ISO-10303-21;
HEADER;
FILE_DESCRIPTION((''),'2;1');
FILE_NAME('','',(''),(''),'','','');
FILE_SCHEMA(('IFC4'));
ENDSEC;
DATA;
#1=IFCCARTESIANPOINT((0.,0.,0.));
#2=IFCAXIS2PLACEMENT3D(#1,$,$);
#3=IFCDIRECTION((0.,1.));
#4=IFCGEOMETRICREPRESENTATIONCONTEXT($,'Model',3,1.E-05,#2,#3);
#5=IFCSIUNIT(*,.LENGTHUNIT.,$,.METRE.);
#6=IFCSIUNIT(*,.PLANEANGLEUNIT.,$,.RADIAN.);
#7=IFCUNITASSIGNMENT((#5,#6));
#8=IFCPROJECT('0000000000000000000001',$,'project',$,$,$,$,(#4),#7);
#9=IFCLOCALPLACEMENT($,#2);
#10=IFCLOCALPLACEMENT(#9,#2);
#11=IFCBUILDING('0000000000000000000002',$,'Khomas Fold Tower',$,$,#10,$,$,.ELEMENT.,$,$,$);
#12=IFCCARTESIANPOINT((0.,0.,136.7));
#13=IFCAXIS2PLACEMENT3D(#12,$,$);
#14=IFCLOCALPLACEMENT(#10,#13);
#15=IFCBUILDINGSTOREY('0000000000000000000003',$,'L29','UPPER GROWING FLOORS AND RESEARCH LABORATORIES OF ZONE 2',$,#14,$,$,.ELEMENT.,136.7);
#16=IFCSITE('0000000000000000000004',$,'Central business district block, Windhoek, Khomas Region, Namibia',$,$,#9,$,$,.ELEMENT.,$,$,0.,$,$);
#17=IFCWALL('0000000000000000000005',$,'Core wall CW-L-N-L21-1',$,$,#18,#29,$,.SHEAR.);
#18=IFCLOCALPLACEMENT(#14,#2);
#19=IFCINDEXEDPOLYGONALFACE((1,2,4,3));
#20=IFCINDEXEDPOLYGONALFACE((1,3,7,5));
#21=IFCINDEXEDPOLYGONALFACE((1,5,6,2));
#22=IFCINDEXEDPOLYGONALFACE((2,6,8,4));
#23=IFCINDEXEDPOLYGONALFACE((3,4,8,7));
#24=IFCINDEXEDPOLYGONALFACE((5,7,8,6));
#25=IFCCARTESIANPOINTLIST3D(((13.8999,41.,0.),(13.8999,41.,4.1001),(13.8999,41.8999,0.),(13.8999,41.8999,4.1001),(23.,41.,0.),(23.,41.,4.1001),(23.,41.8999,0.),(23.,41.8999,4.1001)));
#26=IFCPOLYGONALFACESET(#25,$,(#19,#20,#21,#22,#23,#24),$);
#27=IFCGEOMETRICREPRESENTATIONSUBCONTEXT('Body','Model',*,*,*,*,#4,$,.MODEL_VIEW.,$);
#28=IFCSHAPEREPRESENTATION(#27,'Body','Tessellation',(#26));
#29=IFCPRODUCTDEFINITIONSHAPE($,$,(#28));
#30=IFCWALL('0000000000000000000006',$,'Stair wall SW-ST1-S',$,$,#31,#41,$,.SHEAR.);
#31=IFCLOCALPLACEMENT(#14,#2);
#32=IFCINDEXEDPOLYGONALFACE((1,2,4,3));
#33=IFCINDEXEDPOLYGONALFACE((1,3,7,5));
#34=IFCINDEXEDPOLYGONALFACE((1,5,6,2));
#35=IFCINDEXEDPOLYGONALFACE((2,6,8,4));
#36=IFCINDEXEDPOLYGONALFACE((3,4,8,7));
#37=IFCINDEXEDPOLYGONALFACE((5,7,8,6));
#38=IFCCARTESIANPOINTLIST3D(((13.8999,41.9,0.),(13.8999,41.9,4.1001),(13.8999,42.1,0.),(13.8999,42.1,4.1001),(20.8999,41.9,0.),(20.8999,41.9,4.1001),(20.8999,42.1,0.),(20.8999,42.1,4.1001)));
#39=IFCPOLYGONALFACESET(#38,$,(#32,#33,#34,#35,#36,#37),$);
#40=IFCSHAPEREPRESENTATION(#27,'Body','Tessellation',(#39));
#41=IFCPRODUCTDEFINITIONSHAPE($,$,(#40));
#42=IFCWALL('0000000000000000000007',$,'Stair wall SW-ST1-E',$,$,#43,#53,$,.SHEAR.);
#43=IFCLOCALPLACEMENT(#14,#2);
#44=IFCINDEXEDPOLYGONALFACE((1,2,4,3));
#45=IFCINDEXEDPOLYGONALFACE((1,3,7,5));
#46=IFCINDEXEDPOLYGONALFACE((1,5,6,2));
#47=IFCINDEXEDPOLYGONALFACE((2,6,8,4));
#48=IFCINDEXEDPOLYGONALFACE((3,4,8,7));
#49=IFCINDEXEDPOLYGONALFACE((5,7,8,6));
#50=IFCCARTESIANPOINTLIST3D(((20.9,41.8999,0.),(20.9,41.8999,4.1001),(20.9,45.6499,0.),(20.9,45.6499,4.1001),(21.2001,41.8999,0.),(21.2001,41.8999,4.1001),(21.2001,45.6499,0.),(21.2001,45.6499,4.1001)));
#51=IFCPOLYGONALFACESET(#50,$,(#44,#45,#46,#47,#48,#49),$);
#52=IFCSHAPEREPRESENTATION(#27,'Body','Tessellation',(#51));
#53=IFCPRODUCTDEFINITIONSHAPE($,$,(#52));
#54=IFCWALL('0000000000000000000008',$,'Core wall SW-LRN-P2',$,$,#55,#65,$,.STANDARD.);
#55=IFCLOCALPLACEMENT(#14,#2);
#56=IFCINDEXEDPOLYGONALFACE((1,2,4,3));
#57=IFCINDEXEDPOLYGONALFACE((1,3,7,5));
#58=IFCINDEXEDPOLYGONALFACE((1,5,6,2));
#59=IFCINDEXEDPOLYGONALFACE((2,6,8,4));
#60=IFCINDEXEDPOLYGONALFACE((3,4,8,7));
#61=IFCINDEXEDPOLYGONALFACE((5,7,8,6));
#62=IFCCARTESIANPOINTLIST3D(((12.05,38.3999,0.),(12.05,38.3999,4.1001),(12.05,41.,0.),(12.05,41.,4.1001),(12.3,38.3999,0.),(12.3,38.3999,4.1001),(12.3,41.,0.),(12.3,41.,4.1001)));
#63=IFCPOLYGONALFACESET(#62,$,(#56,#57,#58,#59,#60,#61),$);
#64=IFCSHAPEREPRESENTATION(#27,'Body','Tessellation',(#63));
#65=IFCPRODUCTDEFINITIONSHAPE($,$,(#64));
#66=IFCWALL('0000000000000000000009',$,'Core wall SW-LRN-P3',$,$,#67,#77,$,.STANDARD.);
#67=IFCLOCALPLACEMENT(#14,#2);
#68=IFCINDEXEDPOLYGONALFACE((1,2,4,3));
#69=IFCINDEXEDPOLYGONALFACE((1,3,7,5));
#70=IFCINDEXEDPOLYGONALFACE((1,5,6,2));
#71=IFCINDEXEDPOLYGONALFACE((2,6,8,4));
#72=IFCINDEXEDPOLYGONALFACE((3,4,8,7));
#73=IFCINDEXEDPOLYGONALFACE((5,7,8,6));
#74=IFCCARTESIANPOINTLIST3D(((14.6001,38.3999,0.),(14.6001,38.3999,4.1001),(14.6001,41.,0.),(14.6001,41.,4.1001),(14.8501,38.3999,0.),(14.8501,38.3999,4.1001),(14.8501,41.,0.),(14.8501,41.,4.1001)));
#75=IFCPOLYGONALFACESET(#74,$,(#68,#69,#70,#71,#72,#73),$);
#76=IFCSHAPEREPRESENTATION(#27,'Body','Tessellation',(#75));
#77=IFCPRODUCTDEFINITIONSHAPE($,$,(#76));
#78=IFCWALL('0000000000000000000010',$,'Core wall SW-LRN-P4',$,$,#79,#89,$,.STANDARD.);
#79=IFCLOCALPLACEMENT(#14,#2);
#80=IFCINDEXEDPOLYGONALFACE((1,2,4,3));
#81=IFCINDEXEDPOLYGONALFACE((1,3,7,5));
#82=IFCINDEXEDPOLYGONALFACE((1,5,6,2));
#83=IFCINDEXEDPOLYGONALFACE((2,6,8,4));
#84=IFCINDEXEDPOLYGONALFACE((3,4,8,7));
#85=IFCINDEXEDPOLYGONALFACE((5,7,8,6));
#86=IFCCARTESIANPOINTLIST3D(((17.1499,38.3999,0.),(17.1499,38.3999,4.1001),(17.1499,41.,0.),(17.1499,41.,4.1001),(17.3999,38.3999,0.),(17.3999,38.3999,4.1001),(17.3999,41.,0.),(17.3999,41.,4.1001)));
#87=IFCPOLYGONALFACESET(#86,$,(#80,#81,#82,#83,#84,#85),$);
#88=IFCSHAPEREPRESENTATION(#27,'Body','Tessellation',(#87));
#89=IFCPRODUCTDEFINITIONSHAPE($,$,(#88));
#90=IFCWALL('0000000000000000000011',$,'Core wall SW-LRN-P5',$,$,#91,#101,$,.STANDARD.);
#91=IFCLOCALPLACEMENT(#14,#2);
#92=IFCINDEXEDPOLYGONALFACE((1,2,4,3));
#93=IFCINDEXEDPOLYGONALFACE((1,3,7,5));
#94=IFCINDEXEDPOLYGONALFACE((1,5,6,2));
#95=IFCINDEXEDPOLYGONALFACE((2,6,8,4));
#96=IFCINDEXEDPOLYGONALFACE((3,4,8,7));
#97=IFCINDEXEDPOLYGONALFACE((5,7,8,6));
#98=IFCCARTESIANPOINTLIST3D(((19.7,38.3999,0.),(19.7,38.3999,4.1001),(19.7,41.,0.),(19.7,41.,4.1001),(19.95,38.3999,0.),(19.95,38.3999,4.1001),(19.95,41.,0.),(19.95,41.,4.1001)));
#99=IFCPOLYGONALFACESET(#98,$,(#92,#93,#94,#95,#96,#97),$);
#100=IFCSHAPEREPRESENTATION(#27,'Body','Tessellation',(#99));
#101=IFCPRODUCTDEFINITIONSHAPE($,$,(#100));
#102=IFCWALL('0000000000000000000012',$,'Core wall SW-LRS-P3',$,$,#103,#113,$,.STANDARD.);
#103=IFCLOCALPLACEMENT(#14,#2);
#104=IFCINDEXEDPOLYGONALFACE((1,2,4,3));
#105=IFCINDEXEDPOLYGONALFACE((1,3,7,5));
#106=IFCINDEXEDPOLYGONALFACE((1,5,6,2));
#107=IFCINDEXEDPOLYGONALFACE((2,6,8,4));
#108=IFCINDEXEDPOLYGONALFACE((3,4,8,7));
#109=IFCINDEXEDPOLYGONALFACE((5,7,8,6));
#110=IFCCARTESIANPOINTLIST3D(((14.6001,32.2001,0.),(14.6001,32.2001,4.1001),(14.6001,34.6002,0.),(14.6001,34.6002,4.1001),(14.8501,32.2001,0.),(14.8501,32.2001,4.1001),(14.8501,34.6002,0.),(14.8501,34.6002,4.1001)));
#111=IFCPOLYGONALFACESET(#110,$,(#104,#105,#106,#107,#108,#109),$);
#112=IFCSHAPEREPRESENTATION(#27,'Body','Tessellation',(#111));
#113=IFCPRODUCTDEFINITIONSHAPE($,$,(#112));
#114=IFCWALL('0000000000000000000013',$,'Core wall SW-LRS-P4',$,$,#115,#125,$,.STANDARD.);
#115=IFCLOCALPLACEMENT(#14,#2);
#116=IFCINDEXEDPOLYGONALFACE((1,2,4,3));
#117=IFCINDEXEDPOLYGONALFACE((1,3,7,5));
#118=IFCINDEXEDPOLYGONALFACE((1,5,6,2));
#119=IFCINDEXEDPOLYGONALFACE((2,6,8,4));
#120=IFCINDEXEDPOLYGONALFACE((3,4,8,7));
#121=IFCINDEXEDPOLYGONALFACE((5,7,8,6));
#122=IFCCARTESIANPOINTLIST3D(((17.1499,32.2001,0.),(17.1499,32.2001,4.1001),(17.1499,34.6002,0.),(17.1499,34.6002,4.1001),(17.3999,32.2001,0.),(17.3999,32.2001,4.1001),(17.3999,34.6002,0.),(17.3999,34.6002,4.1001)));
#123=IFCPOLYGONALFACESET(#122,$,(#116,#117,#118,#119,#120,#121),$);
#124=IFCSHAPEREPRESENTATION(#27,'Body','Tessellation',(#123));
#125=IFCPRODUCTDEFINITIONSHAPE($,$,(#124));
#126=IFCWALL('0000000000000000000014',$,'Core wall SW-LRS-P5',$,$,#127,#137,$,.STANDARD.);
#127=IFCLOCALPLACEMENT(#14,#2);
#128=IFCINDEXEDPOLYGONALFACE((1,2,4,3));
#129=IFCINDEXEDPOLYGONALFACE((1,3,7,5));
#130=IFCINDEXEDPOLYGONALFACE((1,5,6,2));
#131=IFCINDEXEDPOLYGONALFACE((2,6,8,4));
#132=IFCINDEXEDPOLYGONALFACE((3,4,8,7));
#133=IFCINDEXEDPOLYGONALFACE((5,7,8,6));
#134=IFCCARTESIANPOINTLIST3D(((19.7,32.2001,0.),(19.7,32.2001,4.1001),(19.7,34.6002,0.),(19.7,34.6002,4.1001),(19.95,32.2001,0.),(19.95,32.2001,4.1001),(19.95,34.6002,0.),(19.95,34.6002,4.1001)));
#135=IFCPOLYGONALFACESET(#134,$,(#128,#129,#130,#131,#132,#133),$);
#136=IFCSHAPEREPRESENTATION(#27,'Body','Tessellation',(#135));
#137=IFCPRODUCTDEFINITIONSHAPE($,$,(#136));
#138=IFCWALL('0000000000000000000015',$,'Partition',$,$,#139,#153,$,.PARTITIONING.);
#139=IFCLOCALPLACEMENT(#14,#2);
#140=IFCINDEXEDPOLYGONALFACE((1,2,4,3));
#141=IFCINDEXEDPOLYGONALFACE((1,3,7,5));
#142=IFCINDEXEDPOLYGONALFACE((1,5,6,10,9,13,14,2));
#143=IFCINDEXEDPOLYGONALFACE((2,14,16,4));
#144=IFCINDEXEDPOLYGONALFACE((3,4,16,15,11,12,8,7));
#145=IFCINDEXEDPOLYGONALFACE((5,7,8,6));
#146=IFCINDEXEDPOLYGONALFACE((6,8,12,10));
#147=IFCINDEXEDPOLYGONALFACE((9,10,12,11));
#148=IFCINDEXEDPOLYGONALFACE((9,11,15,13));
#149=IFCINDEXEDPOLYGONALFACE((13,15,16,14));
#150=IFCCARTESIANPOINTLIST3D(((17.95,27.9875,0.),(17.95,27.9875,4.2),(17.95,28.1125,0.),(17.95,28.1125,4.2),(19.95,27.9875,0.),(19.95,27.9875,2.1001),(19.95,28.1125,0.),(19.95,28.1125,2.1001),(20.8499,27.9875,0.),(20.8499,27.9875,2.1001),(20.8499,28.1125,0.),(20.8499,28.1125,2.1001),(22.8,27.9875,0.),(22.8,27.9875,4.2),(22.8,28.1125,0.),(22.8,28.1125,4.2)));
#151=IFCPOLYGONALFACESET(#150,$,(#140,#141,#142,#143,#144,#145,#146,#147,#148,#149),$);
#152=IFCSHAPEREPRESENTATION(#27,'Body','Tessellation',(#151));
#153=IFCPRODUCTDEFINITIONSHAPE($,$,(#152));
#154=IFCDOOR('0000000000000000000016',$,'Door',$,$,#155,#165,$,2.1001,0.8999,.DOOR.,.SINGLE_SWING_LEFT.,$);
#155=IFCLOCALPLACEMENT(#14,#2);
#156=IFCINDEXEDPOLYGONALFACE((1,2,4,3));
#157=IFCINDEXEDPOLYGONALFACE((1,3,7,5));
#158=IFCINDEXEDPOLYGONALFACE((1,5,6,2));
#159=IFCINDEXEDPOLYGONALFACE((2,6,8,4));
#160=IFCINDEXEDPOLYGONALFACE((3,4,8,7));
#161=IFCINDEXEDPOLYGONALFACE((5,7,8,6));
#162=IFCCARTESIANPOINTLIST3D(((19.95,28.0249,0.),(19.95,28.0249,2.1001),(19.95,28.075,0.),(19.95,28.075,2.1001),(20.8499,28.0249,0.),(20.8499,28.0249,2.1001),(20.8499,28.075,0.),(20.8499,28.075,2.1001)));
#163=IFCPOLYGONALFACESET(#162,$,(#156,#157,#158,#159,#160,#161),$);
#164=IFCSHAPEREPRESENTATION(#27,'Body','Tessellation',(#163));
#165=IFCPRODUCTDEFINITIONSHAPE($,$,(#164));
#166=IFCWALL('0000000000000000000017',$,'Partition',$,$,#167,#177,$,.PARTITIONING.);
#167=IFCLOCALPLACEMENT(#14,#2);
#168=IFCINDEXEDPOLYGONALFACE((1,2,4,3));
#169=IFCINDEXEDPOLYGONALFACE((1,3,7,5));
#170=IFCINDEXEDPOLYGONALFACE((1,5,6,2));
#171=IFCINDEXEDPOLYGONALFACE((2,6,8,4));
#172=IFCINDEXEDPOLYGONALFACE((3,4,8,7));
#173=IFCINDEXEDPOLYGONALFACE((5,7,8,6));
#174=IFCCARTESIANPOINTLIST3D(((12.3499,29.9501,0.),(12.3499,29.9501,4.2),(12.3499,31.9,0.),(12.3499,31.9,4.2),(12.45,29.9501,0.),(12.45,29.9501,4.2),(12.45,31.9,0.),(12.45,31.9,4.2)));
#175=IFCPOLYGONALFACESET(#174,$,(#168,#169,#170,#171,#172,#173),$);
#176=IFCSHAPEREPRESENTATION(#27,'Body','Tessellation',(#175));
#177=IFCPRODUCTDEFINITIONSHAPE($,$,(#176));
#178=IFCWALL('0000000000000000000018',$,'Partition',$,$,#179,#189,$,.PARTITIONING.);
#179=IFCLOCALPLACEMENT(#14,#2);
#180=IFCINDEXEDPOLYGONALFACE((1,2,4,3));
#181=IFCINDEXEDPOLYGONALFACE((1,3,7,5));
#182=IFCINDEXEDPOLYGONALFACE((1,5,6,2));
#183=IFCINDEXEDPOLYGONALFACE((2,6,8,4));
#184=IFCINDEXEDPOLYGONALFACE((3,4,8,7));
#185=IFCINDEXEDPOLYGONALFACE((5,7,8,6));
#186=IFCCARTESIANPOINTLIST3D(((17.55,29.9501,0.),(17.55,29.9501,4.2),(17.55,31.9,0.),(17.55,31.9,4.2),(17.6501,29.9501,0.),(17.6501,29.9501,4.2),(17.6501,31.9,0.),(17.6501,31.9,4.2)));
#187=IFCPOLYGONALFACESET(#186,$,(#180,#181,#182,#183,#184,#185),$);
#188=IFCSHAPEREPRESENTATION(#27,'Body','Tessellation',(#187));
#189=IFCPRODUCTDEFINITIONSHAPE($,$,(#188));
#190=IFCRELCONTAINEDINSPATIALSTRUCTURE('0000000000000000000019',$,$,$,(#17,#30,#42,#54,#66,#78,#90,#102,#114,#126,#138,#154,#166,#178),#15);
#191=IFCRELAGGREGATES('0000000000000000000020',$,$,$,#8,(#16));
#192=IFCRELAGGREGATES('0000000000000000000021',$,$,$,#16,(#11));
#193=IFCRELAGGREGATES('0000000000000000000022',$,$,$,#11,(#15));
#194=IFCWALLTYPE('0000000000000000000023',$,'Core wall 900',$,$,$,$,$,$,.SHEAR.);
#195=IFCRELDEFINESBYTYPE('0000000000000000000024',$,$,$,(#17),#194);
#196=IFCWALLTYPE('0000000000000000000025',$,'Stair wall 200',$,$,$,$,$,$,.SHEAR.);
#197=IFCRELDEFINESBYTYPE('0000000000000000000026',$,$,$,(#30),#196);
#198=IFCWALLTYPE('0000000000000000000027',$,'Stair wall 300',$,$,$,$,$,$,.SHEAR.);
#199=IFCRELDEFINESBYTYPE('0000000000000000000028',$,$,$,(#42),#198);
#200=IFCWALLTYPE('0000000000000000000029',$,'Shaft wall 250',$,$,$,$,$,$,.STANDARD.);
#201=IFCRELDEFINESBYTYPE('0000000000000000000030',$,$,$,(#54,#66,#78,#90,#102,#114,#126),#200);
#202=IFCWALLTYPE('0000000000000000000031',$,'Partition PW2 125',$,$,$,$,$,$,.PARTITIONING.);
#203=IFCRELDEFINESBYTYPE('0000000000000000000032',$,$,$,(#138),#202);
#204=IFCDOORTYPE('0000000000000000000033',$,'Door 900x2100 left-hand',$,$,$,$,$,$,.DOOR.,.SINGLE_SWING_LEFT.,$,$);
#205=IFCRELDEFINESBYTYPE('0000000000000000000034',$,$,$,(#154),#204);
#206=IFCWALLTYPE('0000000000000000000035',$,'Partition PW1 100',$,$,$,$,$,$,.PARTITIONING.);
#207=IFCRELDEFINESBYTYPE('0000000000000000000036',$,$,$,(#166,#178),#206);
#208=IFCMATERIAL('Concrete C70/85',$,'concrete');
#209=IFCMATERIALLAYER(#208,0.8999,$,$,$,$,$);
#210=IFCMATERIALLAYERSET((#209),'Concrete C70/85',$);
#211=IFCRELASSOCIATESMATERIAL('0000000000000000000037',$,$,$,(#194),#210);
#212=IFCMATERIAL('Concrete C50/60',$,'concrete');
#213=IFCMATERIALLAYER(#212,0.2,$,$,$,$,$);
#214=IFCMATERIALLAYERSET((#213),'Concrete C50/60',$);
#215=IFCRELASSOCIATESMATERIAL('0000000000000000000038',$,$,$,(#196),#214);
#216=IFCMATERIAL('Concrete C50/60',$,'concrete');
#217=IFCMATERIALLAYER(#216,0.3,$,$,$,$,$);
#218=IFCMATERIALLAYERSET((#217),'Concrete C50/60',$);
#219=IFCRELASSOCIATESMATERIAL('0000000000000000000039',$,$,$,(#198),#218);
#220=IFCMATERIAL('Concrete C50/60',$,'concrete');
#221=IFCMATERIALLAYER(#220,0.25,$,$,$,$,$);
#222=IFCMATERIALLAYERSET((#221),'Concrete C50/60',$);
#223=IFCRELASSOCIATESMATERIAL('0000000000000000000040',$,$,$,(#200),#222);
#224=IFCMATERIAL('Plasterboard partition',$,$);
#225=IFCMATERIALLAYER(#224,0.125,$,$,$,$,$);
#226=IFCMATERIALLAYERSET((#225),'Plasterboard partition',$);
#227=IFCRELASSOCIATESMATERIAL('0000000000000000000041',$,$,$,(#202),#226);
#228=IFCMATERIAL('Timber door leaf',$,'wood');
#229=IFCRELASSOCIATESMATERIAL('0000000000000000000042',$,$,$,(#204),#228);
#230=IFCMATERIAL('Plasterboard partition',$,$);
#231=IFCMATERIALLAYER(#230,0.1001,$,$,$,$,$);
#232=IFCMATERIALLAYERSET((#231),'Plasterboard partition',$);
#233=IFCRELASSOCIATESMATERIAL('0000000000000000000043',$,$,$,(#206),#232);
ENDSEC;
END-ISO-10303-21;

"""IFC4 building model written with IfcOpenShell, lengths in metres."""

from ifc_helpers import new_model, si_unit, direction, frame, frame_2d, origin, place, context, subcontext, project, spatial, rectangle, extrude, source, transform, mapped, material, layer, layer_set, type_object, element, fill, save


model = new_model("IFC4")

# Units and contexts
model_context = context("Model", 3, precision=1e-05, world=origin(), true_north=direction((0.0, 1.0)))
body_context = subcontext(model_context, "Body", "Model", "MODEL_VIEW")
ifc_project = project(units=[si_unit("LENGTHUNIT", "METRE"), si_unit("PLANEANGLEUNIT", "RADIAN")], contexts=[model_context])

# Site, building, storey
site_placement = place(None, origin())
site = spatial("IfcSite", under=ifc_project, at=site_placement, Name="Central business district block, Windhoek, Khomas Region, Namibia", CompositionType="ELEMENT", RefElevation=0.0)
building_placement = place(site_placement, origin())
building = spatial("IfcBuilding", under=site, at=building_placement, Name="Khomas Fold Tower", CompositionType="ELEMENT")
storey_placement = place(building_placement, frame((0.0, 0.0, 136.7)))
storey = spatial("IfcBuildingStorey", under=building, at=storey_placement, Name="L29", Description="UPPER GROWING FLOORS AND RESEARCH LABORATORIES OF ZONE 2", CompositionType="ELEMENT", Elevation=136.7)

# Walls
ifc_material_1 = material(Name="Concrete C70/85", Category="concrete")
ifc_layer_1 = layer(ifc_material_1, 0.8999)
ifc_layer_set_1 = layer_set([ifc_layer_1], Name="Concrete C70/85")
wall_type_1 = type_object("IfcWallType", Name="Core wall 900", PredefinedType="SHEAR", material=ifc_layer_set_1)
shared_shape_1 = source(origin(), body_context, "Body", "SweptSolid", [
    extrude(rectangle(XDim=9.1001, YDim=0.8999, at=frame_2d((4.55, 0.0))), origin(), (0.0, 0.0, 1.0), 4.1001),
])
wall_1_placement = place(storey_placement, frame((13.8999, 41.45, 0.0), z_axis=(0.0, 0.0, 1.0), x_axis=(1.0, 0.0, 0.0)))
element("IfcWall", 1, at=wall_1_placement, inside=storey, type_object=wall_type_1, Name="Core wall CW-L-N-L21-1", PredefinedType="SHEAR", context=body_context, shape_type="MappedRepresentation", body=[
    mapped(shared_shape_1, transform((0.0, 0.0, 0.0))),
])
ifc_material_2 = material(Name="Concrete C50/60", Category="concrete")
ifc_layer_2 = layer(ifc_material_2, 0.2)
ifc_layer_set_2 = layer_set([ifc_layer_2], Name="Concrete C50/60")
wall_type_2 = type_object("IfcWallType", Name="Stair wall 200", PredefinedType="SHEAR", material=ifc_layer_set_2)
shared_shape_2 = source(origin(), body_context, "Body", "SweptSolid", [
    extrude(rectangle(XDim=7.0, YDim=0.2, at=frame_2d((3.5, 0.0))), origin(), (0.0, 0.0, 1.0), 4.1001),
])
wall_2_placement = place(storey_placement, frame((13.8999, 42.0, 0.0), z_axis=(0.0, 0.0, 1.0), x_axis=(1.0, 0.0, 0.0)))
element("IfcWall", 2, at=wall_2_placement, inside=storey, type_object=wall_type_2, Name="Stair wall SW-ST1-S", PredefinedType="SHEAR", context=body_context, shape_type="MappedRepresentation", body=[
    mapped(shared_shape_2, transform((0.0, 0.0, 0.0))),
])
ifc_material_3 = material(Name="Concrete C50/60", Category="concrete")
ifc_layer_3 = layer(ifc_material_3, 0.3)
ifc_layer_set_3 = layer_set([ifc_layer_3], Name="Concrete C50/60")
wall_type_3 = type_object("IfcWallType", Name="Stair wall 300", PredefinedType="SHEAR", material=ifc_layer_set_3)
shared_shape_3 = source(origin(), body_context, "Body", "SweptSolid", [
    extrude(rectangle(XDim=3.75, YDim=0.3, at=frame_2d((1.875, 0.0))), origin(), (0.0, 0.0, 1.0), 4.1001),
])
wall_3_placement = place(storey_placement, frame((21.05, 41.8999, 0.0), z_axis=(0.0, 0.0, 1.0), x_axis=(0.0, 1.0, 0.0)))
element("IfcWall", 3, at=wall_3_placement, inside=storey, type_object=wall_type_3, Name="Stair wall SW-ST1-E", PredefinedType="SHEAR", context=body_context, shape_type="MappedRepresentation", body=[
    mapped(shared_shape_3, transform((0.0, 0.0, 0.0))),
])
ifc_material_4 = material(Name="Concrete C50/60", Category="concrete")
ifc_layer_4 = layer(ifc_material_4, 0.25)
ifc_layer_set_4 = layer_set([ifc_layer_4], Name="Concrete C50/60")
wall_type_4 = type_object("IfcWallType", Name="Shaft wall 250", PredefinedType="STANDARD", material=ifc_layer_set_4)
shared_shape_4 = source(origin(), body_context, "Body", "SweptSolid", [
    extrude(rectangle(XDim=2.6001, YDim=0.25, at=frame_2d((1.3, 0.0))), origin(), (0.0, 0.0, 1.0), 4.1001),
])
for number, where, z_axis, x_axis, name in (
    (4, (12.175, 38.3999, 0.0), (0.0, 0.0, 1.0), (0.0, 1.0, 0.0), "Core wall SW-LRN-P2"),
    (5, (14.7251, 38.3999, 0.0), (0.0, 0.0, 1.0), (0.0, 1.0, 0.0), "Core wall SW-LRN-P3"),
    (6, (17.2749, 38.3999, 0.0), (0.0, 0.0, 1.0), (0.0, 1.0, 0.0), "Core wall SW-LRN-P4"),
    (7, (19.825, 38.3999, 0.0), (0.0, 0.0, 1.0), (0.0, 1.0, 0.0), "Core wall SW-LRN-P5"),
):
    element("IfcWall", number, at=place(storey_placement, frame(where, z_axis=z_axis, x_axis=x_axis)), inside=storey, type_object=wall_type_4, Name=name, PredefinedType="STANDARD", context=body_context, shape_type="MappedRepresentation", body=[
        mapped(shared_shape_4, transform((0.0, 0.0, 0.0))),
    ])
shared_shape_5 = source(origin(), body_context, "Body", "SweptSolid", [
    extrude(rectangle(XDim=2.4001, YDim=0.25, at=frame_2d((1.2002, 0.0))), origin(), (0.0, 0.0, 1.0), 4.1001),
])
for number, where, z_axis, x_axis, name in (
    (8, (14.7251, 32.2, 0.0), (0.0, 0.0, 1.0), (0.0, 1.0, 0.0), "Core wall SW-LRS-P3"),
    (9, (17.2749, 32.2, 0.0), (0.0, 0.0, 1.0), (0.0, 1.0, 0.0), "Core wall SW-LRS-P4"),
    (10, (19.825, 32.2, 0.0), (0.0, 0.0, 1.0), (0.0, 1.0, 0.0), "Core wall SW-LRS-P5"),
):
    element("IfcWall", number, at=place(storey_placement, frame(where, z_axis=z_axis, x_axis=x_axis)), inside=storey, type_object=wall_type_4, Name=name, PredefinedType="STANDARD", context=body_context, shape_type="MappedRepresentation", body=[
        mapped(shared_shape_5, transform((0.0, 0.0, 0.0))),
    ])

# Wall, opening, door
ifc_material_5 = material(Name="Plasterboard partition")
ifc_layer_5 = layer(ifc_material_5, 0.125)
ifc_layer_set_5 = layer_set([ifc_layer_5], Name="Plasterboard partition")
wall_type_5 = type_object("IfcWallType", Name="Partition PW2 125", PredefinedType="PARTITIONING", material=ifc_layer_set_5)
shared_shape_6 = source(origin(), body_context, "Body", "SweptSolid", [
    extrude(rectangle(XDim=4.8501, YDim=0.125, at=frame_2d((2.425, 0.0))), origin(), (0.0, 0.0, 1.0), 4.2),
])
wall_4_placement = place(storey_placement, frame((17.95, 28.05, 0.0), z_axis=(0.0, 0.0, 1.0), x_axis=(1.0, 0.0, 0.0)))
wall_4 = element("IfcWall", 11, at=wall_4_placement, inside=storey, type_object=wall_type_5, Name="Partition", PredefinedType="PARTITIONING", context=body_context, shape_type="MappedRepresentation", body=[
    mapped(shared_shape_6, transform((0.0, 0.0, 0.0))),
])
shared_shape_7 = source(origin(), body_context, "Body", "SweptSolid", [
    extrude(rectangle(XDim=0.8999, YDim=2.1001, at=frame_2d((0.45, 1.05))), frame((0.0, 0.0725, 0.0), z_axis=(0.0, -1.0, 0.0), x_axis=(1.0, 0.0, 0.0)), (0.0, 0.0, 1.0), 0.145),
])
opening_placement = place(wall_4_placement, frame((2.0, 0.0, 0.0)))
opening = element("IfcOpeningElement", 12, at=opening_placement, cuts=wall_4, PredefinedType="OPENING", context=body_context, shape_type="MappedRepresentation", body=[
    mapped(shared_shape_7, transform((0.0, 0.0, 0.0))),
])
ifc_material_6 = material(Name="Timber door leaf", Category="wood")
door_type = type_object("IfcDoorType", Name="Door 900x2100 left-hand", OperationType="SINGLE_SWING_LEFT", PredefinedType="DOOR", material=ifc_material_6)
shared_shape_8 = source(origin(), body_context, "Body", "SweptSolid", [
    extrude(rectangle(XDim=0.8999, YDim=2.1001, at=frame_2d((0.45, 1.05))), frame((0.0, 0.0249, 0.0), z_axis=(0.0, -1.0, 0.0), x_axis=(1.0, 0.0, 0.0)), (0.0, 0.0, 1.0), 0.05),
])
door_placement = place(opening_placement, origin())
door = element("IfcDoor", 13, at=door_placement, inside=storey, type_object=door_type, Name="Door", OperationType="SINGLE_SWING_LEFT", OverallHeight=2.1001, OverallWidth=0.8999, PredefinedType="DOOR", context=body_context, shape_type="MappedRepresentation", body=[
    mapped(shared_shape_8, transform((0.0, 0.0, 0.0))),
])
fill(opening, door)

# Walls
ifc_material_7 = material(Name="Plasterboard partition")
ifc_layer_6 = layer(ifc_material_7, 0.1001)
ifc_layer_set_6 = layer_set([ifc_layer_6], Name="Plasterboard partition")
wall_type_6 = type_object("IfcWallType", Name="Partition PW1 100", PredefinedType="PARTITIONING", material=ifc_layer_set_6)
shared_shape_9 = source(origin(), body_context, "Body", "SweptSolid", [
    extrude(rectangle(XDim=1.95, YDim=0.1001, at=frame_2d((0.9751, 0.0))), origin(), (0.0, 0.0, 1.0), 4.2),
])
for number, where, z_axis, x_axis, name in (
    (14, (12.3999, 29.95, 0.0), (0.0, 0.0, 1.0), (0.0, 1.0, 0.0), "Partition"),
    (15, (17.6001, 29.95, 0.0), (0.0, 0.0, 1.0), (0.0, 1.0, 0.0), "Partition"),
):
    element("IfcWall", number, at=place(storey_placement, frame(where, z_axis=z_axis, x_axis=x_axis)), inside=storey, type_object=wall_type_6, Name=name, PredefinedType="PARTITIONING", context=body_context, shape_type="MappedRepresentation", body=[
        mapped(shared_shape_9, transform((0.0, 0.0, 0.0))),
    ])

save(model, "model.ifc")
